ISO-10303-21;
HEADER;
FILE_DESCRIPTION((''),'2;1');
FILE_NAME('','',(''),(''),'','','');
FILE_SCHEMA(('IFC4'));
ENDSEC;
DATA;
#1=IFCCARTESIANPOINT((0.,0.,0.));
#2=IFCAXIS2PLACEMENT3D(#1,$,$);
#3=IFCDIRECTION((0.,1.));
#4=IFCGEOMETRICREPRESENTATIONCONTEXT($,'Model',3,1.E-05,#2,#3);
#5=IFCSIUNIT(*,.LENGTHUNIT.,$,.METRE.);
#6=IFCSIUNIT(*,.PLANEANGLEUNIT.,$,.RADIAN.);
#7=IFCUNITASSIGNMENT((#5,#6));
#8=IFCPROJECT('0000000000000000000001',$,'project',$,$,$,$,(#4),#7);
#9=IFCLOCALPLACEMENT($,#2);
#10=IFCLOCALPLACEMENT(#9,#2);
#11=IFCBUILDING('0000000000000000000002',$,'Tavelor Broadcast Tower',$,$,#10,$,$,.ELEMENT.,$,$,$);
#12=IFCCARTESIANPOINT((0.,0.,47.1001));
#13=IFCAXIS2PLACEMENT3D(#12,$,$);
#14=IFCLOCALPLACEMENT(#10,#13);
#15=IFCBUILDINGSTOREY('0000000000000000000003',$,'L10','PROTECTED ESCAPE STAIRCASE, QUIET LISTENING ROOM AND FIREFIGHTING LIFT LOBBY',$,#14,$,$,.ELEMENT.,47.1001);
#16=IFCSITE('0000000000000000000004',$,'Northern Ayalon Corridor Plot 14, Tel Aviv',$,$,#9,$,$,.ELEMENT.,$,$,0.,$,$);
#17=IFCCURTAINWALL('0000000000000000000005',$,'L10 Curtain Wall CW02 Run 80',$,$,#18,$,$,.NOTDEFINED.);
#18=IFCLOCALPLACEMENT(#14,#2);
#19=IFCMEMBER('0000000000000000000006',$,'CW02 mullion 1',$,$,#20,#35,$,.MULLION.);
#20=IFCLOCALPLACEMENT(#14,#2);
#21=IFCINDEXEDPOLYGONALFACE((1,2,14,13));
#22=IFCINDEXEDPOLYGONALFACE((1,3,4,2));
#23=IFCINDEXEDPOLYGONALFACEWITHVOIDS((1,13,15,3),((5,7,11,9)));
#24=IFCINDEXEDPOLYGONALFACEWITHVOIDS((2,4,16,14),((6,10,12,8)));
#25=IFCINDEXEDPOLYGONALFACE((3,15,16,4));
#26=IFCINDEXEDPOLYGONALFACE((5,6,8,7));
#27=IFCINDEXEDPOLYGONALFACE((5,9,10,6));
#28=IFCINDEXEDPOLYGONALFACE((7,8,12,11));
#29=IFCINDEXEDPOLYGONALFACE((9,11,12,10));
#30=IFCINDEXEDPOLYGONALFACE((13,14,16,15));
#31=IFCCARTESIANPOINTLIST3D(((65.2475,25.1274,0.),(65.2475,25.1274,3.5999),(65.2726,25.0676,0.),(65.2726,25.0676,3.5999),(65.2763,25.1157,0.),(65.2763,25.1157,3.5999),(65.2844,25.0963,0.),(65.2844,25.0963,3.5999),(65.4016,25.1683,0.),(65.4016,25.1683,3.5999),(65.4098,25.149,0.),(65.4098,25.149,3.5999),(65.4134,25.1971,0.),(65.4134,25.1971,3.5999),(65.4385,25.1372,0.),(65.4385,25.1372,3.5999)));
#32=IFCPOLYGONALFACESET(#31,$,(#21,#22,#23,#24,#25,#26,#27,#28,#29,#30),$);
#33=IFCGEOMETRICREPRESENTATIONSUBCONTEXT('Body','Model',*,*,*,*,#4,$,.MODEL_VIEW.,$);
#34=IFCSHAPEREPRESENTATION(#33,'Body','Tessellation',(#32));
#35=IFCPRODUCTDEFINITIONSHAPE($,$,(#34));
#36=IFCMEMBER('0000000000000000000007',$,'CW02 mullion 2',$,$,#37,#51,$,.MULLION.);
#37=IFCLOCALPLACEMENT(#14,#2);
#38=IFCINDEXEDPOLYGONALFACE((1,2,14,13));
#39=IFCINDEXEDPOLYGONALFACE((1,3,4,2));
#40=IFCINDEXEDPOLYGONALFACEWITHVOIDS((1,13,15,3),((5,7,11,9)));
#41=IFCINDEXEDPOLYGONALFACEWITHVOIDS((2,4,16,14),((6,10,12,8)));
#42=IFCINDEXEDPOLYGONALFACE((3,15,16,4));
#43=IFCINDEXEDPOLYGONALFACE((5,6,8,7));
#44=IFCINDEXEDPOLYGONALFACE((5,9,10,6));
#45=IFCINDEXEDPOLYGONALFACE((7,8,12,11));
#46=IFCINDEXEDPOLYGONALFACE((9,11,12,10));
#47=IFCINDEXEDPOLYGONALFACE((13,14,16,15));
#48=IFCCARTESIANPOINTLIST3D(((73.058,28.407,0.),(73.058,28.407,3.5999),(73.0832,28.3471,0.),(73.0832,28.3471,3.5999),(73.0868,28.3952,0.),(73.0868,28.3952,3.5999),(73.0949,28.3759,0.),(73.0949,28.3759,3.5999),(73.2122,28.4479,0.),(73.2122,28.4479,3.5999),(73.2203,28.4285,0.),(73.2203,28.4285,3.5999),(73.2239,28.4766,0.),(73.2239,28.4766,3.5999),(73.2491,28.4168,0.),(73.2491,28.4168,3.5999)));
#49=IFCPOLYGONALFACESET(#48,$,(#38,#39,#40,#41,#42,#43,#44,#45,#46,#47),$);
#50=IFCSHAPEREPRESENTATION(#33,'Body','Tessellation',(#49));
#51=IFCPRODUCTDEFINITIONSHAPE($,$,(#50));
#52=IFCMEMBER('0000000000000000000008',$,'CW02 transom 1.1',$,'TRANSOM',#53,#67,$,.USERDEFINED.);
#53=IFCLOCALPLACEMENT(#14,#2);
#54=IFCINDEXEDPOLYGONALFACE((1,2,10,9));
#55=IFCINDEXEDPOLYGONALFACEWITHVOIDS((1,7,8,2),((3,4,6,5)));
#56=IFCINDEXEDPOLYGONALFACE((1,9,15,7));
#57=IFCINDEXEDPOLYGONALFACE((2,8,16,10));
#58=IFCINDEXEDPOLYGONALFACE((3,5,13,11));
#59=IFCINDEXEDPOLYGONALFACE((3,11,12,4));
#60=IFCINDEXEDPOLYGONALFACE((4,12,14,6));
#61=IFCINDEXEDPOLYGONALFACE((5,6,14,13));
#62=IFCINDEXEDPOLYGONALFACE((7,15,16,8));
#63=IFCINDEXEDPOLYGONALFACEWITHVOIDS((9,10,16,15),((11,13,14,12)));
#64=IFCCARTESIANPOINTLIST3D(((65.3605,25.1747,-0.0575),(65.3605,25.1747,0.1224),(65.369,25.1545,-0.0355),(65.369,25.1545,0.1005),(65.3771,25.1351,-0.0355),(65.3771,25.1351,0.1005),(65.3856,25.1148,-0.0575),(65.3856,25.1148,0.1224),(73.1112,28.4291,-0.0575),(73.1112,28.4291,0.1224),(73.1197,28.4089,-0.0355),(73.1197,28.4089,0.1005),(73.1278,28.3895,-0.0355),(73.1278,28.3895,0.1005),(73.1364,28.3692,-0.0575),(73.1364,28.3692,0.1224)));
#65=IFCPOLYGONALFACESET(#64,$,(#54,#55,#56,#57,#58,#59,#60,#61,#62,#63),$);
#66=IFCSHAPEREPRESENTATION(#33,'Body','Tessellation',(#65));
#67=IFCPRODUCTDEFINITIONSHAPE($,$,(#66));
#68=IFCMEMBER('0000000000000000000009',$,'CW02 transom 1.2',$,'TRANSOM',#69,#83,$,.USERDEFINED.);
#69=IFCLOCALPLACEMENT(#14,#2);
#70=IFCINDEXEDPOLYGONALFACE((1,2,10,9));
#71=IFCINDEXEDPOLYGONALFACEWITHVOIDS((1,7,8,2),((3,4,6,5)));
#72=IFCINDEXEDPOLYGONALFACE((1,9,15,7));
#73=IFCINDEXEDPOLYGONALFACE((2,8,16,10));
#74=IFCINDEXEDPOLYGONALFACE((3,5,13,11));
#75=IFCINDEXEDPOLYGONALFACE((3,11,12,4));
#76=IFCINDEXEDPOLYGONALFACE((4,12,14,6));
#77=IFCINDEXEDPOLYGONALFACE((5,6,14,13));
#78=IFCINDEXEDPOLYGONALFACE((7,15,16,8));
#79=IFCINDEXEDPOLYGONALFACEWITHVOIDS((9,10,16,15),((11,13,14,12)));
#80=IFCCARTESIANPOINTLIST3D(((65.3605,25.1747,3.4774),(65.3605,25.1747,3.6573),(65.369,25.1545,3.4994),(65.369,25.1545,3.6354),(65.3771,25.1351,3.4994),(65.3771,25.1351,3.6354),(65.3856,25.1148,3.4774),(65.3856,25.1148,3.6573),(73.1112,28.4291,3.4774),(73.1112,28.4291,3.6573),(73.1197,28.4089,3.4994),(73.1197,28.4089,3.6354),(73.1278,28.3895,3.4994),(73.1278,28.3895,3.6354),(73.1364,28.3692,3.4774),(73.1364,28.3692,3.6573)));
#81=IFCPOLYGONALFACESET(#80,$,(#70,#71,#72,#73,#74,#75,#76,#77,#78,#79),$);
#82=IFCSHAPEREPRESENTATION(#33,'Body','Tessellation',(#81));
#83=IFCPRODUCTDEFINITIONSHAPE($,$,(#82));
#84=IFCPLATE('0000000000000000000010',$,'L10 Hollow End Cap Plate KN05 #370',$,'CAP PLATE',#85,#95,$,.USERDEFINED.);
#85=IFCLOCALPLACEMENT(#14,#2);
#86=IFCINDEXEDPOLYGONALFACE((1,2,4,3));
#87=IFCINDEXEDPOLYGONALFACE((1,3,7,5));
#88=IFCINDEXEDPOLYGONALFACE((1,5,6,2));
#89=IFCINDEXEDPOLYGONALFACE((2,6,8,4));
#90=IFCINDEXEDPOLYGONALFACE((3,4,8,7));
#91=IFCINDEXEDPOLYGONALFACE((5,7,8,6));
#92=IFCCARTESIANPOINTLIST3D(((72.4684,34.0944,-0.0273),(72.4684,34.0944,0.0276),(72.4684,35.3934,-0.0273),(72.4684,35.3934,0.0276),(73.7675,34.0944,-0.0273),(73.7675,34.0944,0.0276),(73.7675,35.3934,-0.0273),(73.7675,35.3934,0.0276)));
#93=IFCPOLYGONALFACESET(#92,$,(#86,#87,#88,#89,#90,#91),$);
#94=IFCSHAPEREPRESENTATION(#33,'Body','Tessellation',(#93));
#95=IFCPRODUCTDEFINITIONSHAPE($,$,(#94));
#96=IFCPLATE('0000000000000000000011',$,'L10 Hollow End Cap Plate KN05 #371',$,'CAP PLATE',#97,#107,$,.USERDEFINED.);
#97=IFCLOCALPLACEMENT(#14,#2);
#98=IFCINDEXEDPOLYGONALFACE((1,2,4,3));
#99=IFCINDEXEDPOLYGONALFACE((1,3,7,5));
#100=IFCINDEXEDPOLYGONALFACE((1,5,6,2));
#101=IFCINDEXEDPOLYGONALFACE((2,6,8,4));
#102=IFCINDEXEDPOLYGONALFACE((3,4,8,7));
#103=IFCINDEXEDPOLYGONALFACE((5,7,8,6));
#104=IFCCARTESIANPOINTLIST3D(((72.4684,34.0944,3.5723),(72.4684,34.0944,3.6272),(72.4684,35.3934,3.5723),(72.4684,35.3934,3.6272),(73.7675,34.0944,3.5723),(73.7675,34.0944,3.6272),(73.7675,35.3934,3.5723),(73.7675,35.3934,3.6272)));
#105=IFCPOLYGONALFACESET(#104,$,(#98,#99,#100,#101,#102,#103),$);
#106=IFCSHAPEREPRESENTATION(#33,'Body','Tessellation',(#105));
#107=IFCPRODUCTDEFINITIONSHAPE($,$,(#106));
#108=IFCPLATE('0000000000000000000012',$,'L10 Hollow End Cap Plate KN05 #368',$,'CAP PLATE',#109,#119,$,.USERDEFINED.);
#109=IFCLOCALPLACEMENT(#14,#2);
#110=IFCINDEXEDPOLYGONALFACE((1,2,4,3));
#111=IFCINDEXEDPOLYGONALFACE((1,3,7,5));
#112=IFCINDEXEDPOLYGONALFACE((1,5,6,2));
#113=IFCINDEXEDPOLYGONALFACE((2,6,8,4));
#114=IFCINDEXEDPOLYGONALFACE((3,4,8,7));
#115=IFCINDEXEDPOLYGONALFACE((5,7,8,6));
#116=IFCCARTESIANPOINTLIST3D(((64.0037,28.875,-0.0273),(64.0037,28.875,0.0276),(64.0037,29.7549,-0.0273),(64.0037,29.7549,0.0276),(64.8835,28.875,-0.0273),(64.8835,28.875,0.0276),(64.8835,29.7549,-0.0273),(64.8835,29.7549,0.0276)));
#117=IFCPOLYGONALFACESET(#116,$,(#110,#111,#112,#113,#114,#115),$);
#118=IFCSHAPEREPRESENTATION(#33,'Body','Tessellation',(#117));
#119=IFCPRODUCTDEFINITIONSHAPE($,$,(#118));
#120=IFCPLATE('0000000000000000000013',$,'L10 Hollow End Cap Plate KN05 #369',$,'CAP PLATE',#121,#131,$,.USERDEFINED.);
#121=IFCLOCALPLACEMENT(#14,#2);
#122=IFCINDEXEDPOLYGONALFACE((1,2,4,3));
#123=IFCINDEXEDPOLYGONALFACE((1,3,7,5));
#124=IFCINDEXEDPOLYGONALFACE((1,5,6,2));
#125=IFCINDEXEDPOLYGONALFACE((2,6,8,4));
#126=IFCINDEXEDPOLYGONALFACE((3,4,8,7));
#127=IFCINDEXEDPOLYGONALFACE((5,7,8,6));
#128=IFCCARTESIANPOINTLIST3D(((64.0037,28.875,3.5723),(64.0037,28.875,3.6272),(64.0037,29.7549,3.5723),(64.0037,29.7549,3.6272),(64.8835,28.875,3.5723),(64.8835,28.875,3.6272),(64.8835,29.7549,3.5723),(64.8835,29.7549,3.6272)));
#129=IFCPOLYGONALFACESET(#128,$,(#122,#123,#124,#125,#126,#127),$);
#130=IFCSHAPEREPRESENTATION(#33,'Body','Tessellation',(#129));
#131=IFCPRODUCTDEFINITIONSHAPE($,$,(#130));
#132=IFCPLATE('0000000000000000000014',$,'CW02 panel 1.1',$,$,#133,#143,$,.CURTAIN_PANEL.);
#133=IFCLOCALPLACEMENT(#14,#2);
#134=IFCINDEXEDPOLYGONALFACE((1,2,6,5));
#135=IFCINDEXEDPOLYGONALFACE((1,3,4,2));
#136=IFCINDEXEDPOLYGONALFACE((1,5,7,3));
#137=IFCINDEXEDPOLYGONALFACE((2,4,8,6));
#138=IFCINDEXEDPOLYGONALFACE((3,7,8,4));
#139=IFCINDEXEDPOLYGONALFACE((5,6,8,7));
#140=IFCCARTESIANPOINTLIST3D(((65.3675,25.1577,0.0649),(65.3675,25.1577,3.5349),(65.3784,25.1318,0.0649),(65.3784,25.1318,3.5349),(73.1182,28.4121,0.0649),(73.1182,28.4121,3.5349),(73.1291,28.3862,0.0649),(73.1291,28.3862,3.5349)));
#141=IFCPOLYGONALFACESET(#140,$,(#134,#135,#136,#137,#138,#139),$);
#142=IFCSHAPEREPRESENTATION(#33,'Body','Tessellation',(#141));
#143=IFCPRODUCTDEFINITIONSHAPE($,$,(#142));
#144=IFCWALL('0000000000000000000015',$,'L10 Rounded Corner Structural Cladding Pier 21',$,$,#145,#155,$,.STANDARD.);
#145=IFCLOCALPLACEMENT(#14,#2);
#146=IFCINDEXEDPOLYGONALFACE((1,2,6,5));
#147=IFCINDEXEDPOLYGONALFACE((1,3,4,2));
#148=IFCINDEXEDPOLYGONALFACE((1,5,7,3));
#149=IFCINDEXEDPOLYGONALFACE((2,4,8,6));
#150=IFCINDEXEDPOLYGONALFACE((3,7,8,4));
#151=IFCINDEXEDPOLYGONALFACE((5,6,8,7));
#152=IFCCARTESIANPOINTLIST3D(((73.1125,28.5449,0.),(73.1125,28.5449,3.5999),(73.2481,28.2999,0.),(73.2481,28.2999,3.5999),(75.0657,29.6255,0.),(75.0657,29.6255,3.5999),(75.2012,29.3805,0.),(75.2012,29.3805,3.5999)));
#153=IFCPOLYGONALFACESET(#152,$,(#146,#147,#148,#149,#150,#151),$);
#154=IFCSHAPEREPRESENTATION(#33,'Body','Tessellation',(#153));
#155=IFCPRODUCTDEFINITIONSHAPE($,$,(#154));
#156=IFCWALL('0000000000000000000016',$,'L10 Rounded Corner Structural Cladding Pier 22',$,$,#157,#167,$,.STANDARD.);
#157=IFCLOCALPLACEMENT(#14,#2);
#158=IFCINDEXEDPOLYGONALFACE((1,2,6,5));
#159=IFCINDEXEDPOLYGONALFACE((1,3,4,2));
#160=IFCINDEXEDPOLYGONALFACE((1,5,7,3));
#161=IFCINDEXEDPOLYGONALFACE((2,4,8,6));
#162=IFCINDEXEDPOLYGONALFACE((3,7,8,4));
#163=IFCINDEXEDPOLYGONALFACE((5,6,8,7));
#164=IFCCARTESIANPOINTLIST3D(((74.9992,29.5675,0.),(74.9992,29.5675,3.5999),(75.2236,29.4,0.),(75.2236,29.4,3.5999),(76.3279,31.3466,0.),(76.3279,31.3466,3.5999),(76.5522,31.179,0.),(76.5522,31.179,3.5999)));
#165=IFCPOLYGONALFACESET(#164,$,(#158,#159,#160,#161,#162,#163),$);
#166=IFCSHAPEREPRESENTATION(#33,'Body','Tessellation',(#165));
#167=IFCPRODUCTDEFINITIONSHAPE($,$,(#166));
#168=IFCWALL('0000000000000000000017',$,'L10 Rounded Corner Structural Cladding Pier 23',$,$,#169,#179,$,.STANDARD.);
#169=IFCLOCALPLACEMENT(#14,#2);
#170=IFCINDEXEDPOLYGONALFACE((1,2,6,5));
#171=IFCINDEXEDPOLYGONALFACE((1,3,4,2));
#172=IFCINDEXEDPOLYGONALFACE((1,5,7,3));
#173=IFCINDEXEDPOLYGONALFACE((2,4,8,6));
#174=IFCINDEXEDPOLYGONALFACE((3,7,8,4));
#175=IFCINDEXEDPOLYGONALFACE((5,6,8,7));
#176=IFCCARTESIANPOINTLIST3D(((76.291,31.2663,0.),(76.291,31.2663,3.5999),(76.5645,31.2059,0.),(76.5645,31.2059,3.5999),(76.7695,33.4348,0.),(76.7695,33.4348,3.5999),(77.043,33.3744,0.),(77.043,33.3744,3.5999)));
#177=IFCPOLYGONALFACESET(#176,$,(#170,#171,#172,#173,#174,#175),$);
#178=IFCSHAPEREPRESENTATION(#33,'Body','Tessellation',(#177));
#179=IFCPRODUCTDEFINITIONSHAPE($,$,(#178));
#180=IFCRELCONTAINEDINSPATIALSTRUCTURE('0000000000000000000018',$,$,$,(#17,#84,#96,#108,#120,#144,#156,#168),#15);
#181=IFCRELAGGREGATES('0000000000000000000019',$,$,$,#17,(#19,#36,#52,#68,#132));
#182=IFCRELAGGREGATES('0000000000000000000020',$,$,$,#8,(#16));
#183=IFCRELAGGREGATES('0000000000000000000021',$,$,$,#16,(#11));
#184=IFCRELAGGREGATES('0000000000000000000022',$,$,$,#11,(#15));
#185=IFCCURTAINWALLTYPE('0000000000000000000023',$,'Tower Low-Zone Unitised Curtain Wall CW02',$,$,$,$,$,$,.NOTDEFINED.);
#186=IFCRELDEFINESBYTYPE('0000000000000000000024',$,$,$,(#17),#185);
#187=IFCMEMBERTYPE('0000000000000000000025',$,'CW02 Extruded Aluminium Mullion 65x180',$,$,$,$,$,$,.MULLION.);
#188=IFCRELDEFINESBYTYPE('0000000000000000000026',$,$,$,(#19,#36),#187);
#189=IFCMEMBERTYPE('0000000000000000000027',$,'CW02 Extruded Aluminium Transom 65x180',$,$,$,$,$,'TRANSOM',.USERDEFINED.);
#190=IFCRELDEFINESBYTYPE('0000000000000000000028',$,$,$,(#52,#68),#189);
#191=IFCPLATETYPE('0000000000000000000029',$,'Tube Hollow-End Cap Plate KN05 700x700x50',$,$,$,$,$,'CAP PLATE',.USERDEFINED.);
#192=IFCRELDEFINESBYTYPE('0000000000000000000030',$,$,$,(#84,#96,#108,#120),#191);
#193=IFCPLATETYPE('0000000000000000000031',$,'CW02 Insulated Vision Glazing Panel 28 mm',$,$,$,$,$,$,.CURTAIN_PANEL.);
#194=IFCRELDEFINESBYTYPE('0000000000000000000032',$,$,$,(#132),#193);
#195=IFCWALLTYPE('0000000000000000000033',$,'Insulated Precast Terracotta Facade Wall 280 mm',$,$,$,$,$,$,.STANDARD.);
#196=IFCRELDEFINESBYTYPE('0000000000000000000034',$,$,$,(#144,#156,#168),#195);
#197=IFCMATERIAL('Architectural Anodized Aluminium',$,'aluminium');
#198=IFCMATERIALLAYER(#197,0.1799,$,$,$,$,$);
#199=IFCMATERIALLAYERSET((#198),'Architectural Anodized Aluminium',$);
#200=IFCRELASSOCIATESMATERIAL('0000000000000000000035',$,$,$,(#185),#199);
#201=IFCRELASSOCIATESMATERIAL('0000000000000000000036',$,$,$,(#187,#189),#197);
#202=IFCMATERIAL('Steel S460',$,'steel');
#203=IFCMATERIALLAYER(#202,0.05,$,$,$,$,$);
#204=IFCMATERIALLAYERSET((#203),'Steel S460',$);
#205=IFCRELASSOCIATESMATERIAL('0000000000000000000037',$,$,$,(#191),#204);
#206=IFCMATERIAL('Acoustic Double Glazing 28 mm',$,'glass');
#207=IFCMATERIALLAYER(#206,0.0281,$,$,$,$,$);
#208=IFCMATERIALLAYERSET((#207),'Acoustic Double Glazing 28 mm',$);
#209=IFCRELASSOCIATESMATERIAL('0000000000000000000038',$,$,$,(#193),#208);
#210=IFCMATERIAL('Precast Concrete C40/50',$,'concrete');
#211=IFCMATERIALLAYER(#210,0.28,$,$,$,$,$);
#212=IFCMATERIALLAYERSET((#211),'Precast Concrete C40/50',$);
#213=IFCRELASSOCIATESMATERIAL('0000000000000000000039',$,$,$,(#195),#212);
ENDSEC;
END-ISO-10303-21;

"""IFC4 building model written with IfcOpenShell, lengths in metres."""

from ifc_helpers import new_model, si_unit, direction, frame, frame_2d, origin, origin_2d, place, context, subcontext, project, spatial, rectangle, hollow_rectangle, extrude, source, transform, mapped, material, layer, layer_set, material_profile, profile_set, type_object, type_shapes, element, aggregate, save


model = new_model("IFC4")

# Units and contexts
model_context = context("Model", 3, precision=1e-05, world=origin(), true_north=direction((0.0, 1.0)))
body_context = subcontext(model_context, "Body", "Model", "MODEL_VIEW")
ifc_project = project(units=[si_unit("LENGTHUNIT", "METRE"), si_unit("PLANEANGLEUNIT", "RADIAN")], contexts=[model_context])

# Site, building, storey
site_placement = place(None, origin())
site = spatial("IfcSite", under=ifc_project, at=site_placement, Name="Northern Ayalon Corridor Plot 14, Tel Aviv", CompositionType="ELEMENT", RefElevation=0.0)
building_placement = place(site_placement, origin())
building = spatial("IfcBuilding", under=site, at=building_placement, Name="Tavelor Broadcast Tower", CompositionType="ELEMENT")
storey_placement = place(building_placement, frame((0.0, 0.0, 47.1001)))
storey = spatial("IfcBuildingStorey", under=building, at=storey_placement, Name="L10", Description="PROTECTED ESCAPE STAIRCASE, QUIET LISTENING ROOM AND FIREFIGHTING LIFT LOBBY", CompositionType="ELEMENT", Elevation=47.1001)

# Shared definitions
ifc_material_1 = material(Name="Steel S460", Category="steel")

# Shared definitions
ifc_material_2 = material(Name="Architectural Anodized Aluminium", Category="aluminium")
ifc_layer_1 = layer(ifc_material_2, 0.1799)
ifc_layer_set_1 = layer_set([ifc_layer_1], Name="Architectural Anodized Aluminium")
curtain_wall_type = type_object("IfcCurtainWallType", Name="Tower Low-Zone Unitised Curtain Wall CW02", PredefinedType="NOTDEFINED", material=ifc_layer_set_1)
ifc_material_profile_1 = material_profile(ifc_material_2, hollow_rectangle(XDim=0.0649, YDim=0.1799, WallThickness=0.022, at=origin_2d()), Name="RHS 65x180x22")
ifc_profile_set_1 = profile_set([ifc_material_profile_1], Name="Architectural Anodized Aluminium")
member_type_1 = type_object("IfcMemberType", Name="CW02 Extruded Aluminium Mullion 65x180", PredefinedType="MULLION", material=ifc_profile_set_1)
shared_shape_1 = source(origin(), body_context, "Body", "SweptSolid", [
    extrude(hollow_rectangle(XDim=0.0649, YDim=0.1799, WallThickness=0.022, at=origin_2d()), origin(), (0.0, 0.0, 1.0), 3.5999),
])
type_shapes(member_type_1, [shared_shape_1])

# Curtain wall, members
curtain_wall_1_placement = place(storey_placement, origin())
curtain_wall_1 = element("IfcCurtainWall", 1, at=curtain_wall_1_placement, inside=storey, type_object=curtain_wall_type, Name="L10 Curtain Wall CW02 Run 80", PredefinedType="NOTDEFINED")
member_1_placement = place(storey_placement, frame((65.343, 25.1323, 0.0), z_axis=(0.0, 0.0, 1.0), x_axis=(-0.387138, 0.922022, 0.0)))
member_1 = element("IfcMember", 2, at=member_1_placement, type_object=member_type_1, Name="CW02 mullion 1", PredefinedType="MULLION", context=body_context, shape_type="MappedRepresentation", body=[
    mapped(shared_shape_1, transform((0.0, 0.0, 0.0), scale=1.0)),
])
member_2_placement = place(storey_placement, frame((73.1536, 28.4119, 0.0), z_axis=(0.0, 0.0, 1.0), x_axis=(-0.387138, 0.922022, 0.0)))
member_2 = element("IfcMember", 3, at=member_2_placement, type_object=member_type_1, Name="CW02 mullion 2", PredefinedType="MULLION", context=body_context, shape_type="MappedRepresentation", body=[
    mapped(shared_shape_1, transform((0.0, 0.0, 0.0), scale=1.0)),
])
ifc_material_profile_2 = material_profile(ifc_material_2, hollow_rectangle(XDim=0.0649, YDim=0.1799, WallThickness=0.022, at=origin_2d()), Name="RHS 65x180x22")
ifc_profile_set_2 = profile_set([ifc_material_profile_2], Name="Architectural Anodized Aluminium")
member_type_2 = type_object("IfcMemberType", Name="CW02 Extruded Aluminium Transom 65x180", ElementType="TRANSOM", PredefinedType="USERDEFINED", material=ifc_profile_set_2)
shared_shape_2 = source(origin(), body_context, "Body", "SweptSolid", [
    extrude(hollow_rectangle(XDim=0.0649, YDim=0.1799, WallThickness=0.022, at=origin_2d()), origin(), (0.0, 0.0, 1.0), 8.4062),
])
type_shapes(member_type_2, [shared_shape_2])
member_3_placement = place(storey_placement, frame((65.373, 25.1448, 0.0325), z_axis=(0.922021, 0.38714, 0.0), x_axis=(-0.38714, 0.922021, 0.0)))
member_3 = element("IfcMember", 4, at=member_3_placement, type_object=member_type_2, Name="CW02 transom 1.1", ObjectType="TRANSOM", PredefinedType="USERDEFINED", context=body_context, shape_type="MappedRepresentation", body=[
    mapped(shared_shape_2, transform((0.0, 0.0, 0.0), scale=1.0)),
])
member_4_placement = place(storey_placement, frame((65.373, 25.1448, 3.5674), z_axis=(0.922021, 0.38714, 0.0), x_axis=(-0.38714, 0.922021, 0.0)))
member_4 = element("IfcMember", 5, at=member_4_placement, type_object=member_type_2, Name="CW02 transom 1.2", ObjectType="TRANSOM", PredefinedType="USERDEFINED", context=body_context, shape_type="MappedRepresentation", body=[
    mapped(shared_shape_2, transform((0.0, 0.0, 0.0), scale=1.0)),
])

# Plates
ifc_layer_2 = layer(ifc_material_1, 0.05)
ifc_layer_set_2 = layer_set([ifc_layer_2], Name="Steel S460")
plate_type_1 = type_object("IfcPlateType", Name="Tube Hollow-End Cap Plate KN05 700x700x50", ElementType="CAP PLATE", PredefinedType="USERDEFINED", material=ifc_layer_set_2)
shared_shape_3 = source(origin(), body_context, "Body", "SweptSolid", [
    extrude(rectangle(XDim=1.2991, YDim=1.2991, at=origin_2d()), origin(), (0.0, 0.0, 1.0), 0.0549),
])
for number, where, z_axis, x_axis, name in (
    (6, (73.1179, 34.7439, -0.0273), (0.0, 0.0, 1.0), (1.0, 0.0, 0.0), "L10 Hollow End Cap Plate KN05 #370"),
    (7, (73.1179, 34.7439, 3.5723), (0.0, 0.0, 1.0), (1.0, 0.0, 0.0), "L10 Hollow End Cap Plate KN05 #371"),
):
    element("IfcPlate", number, at=place(storey_placement, frame(where, z_axis=z_axis, x_axis=x_axis)), inside=storey, type_object=plate_type_1, Name=name, ObjectType="CAP PLATE", PredefinedType="USERDEFINED", context=body_context, shape_type="MappedRepresentation", body=[
        mapped(shared_shape_3, transform((0.0, 0.0, 0.0), scale=1.0)),
    ])
shared_shape_4 = source(origin(), body_context, "Body", "SweptSolid", [
    extrude(rectangle(XDim=0.8799, YDim=0.8799, at=origin_2d()), origin(), (0.0, 0.0, 1.0), 0.0549),
])
type_shapes(plate_type_1, [shared_shape_3, shared_shape_4])
for number, where, z_axis, x_axis, name in (
    (8, (64.4436, 29.3149, -0.0273), (0.0, 0.0, 1.0), (1.0, 0.0, 0.0), "L10 Hollow End Cap Plate KN05 #368"),
    (9, (64.4436, 29.3149, 3.5723), (0.0, 0.0, 1.0), (1.0, 0.0, 0.0), "L10 Hollow End Cap Plate KN05 #369"),
):
    element("IfcPlate", number, at=place(storey_placement, frame(where, z_axis=z_axis, x_axis=x_axis)), inside=storey, type_object=plate_type_1, Name=name, ObjectType="CAP PLATE", PredefinedType="USERDEFINED", context=body_context, shape_type="MappedRepresentation", body=[
        mapped(shared_shape_4, transform((0.0, 0.0, 0.0), scale=1.0)),
    ])

# Plate
ifc_material_3 = material(Name="Acoustic Double Glazing 28 mm", Category="glass")
ifc_layer_3 = layer(ifc_material_3, 0.0281)
ifc_layer_set_3 = layer_set([ifc_layer_3], Name="Acoustic Double Glazing 28 mm")
plate_type_2 = type_object("IfcPlateType", Name="CW02 Insulated Vision Glazing Panel 28 mm", PredefinedType="CURTAIN_PANEL", material=ifc_layer_set_3)
shared_shape_5 = source(origin(), body_context, "Body", "SweptSolid", [
    extrude(rectangle(XDim=8.4062, YDim=0.0281, at=origin_2d()), origin(), (0.0, 0.0, 1.0), 3.47),
])
type_shapes(plate_type_2, [shared_shape_5])
plate_placement = place(storey_placement, frame((69.2483, 26.772, 0.0649), z_axis=(0.0, 0.0, 1.0), x_axis=(0.922022, 0.387138, 0.0)))
plate = element("IfcPlate", 10, at=plate_placement, type_object=plate_type_2, Name="CW02 panel 1.1", PredefinedType="CURTAIN_PANEL", context=body_context, shape_type="MappedRepresentation", body=[
    mapped(shared_shape_5, transform((0.0, 0.0, 0.0), scale=1.0)),
])
aggregate(curtain_wall_1, [member_1, member_2, member_3, member_4, plate])

# Walls
ifc_material_4 = material(Name="Precast Concrete C40/50", Category="concrete")
ifc_layer_4 = layer(ifc_material_4, 0.28)
ifc_layer_set_4 = layer_set([ifc_layer_4], Name="Precast Concrete C40/50")
wall_type_1 = type_object("IfcWallType", Name="Insulated Precast Terracotta Facade Wall 280 mm", PredefinedType="STANDARD", material=ifc_layer_set_4)
wall_1_placement = place(storey_placement, frame((73.1802, 28.4224, 0.0), z_axis=(0.0, 0.0, 1.0), x_axis=(0.875012, 0.484101, 0.0)))
element("IfcWall", 11, at=wall_1_placement, inside=storey, type_object=wall_type_1, Name="L10 Rounded Corner Structural Cladding Pier 21", PredefinedType="STANDARD", context=body_context, shape_type="SweptSolid", body=[
    extrude(rectangle(XDim=2.2322, YDim=0.28, at=frame_2d((1.1162, 0.0))), origin(), (0.0, 0.0, 1.0), 3.5999),
])
wall_2_placement = place(storey_placement, frame((75.1113, 29.4836, 0.0), z_axis=(0.0, 0.0, 1.0), x_axis=(0.598363, 0.801225, 0.0)))
element("IfcWall", 12, at=wall_2_placement, inside=storey, type_object=wall_type_1, Name="L10 Rounded Corner Structural Cladding Pier 22", PredefinedType="STANDARD", context=body_context, shape_type="SweptSolid", body=[
    extrude(rectangle(XDim=2.2205, YDim=0.28, at=frame_2d((1.1104, 0.0))), origin(), (0.0, 0.0, 1.0), 3.5999),
])
wall_3_placement = place(storey_placement, frame((76.4277, 31.2361, 0.0), z_axis=(0.0, 0.0, 1.0), x_axis=(0.215487, 0.976507, 0.0)))
element("IfcWall", 13, at=wall_3_placement, inside=storey, type_object=wall_type_1, Name="L10 Rounded Corner Structural Cladding Pier 23", PredefinedType="STANDARD", context=body_context, shape_type="SweptSolid", body=[
    extrude(rectangle(XDim=2.2207, YDim=0.28, at=frame_2d((1.1104, 0.0))), origin(), (0.0, 0.0, 1.0), 3.5999),
])

save(model, "model.ifc")
